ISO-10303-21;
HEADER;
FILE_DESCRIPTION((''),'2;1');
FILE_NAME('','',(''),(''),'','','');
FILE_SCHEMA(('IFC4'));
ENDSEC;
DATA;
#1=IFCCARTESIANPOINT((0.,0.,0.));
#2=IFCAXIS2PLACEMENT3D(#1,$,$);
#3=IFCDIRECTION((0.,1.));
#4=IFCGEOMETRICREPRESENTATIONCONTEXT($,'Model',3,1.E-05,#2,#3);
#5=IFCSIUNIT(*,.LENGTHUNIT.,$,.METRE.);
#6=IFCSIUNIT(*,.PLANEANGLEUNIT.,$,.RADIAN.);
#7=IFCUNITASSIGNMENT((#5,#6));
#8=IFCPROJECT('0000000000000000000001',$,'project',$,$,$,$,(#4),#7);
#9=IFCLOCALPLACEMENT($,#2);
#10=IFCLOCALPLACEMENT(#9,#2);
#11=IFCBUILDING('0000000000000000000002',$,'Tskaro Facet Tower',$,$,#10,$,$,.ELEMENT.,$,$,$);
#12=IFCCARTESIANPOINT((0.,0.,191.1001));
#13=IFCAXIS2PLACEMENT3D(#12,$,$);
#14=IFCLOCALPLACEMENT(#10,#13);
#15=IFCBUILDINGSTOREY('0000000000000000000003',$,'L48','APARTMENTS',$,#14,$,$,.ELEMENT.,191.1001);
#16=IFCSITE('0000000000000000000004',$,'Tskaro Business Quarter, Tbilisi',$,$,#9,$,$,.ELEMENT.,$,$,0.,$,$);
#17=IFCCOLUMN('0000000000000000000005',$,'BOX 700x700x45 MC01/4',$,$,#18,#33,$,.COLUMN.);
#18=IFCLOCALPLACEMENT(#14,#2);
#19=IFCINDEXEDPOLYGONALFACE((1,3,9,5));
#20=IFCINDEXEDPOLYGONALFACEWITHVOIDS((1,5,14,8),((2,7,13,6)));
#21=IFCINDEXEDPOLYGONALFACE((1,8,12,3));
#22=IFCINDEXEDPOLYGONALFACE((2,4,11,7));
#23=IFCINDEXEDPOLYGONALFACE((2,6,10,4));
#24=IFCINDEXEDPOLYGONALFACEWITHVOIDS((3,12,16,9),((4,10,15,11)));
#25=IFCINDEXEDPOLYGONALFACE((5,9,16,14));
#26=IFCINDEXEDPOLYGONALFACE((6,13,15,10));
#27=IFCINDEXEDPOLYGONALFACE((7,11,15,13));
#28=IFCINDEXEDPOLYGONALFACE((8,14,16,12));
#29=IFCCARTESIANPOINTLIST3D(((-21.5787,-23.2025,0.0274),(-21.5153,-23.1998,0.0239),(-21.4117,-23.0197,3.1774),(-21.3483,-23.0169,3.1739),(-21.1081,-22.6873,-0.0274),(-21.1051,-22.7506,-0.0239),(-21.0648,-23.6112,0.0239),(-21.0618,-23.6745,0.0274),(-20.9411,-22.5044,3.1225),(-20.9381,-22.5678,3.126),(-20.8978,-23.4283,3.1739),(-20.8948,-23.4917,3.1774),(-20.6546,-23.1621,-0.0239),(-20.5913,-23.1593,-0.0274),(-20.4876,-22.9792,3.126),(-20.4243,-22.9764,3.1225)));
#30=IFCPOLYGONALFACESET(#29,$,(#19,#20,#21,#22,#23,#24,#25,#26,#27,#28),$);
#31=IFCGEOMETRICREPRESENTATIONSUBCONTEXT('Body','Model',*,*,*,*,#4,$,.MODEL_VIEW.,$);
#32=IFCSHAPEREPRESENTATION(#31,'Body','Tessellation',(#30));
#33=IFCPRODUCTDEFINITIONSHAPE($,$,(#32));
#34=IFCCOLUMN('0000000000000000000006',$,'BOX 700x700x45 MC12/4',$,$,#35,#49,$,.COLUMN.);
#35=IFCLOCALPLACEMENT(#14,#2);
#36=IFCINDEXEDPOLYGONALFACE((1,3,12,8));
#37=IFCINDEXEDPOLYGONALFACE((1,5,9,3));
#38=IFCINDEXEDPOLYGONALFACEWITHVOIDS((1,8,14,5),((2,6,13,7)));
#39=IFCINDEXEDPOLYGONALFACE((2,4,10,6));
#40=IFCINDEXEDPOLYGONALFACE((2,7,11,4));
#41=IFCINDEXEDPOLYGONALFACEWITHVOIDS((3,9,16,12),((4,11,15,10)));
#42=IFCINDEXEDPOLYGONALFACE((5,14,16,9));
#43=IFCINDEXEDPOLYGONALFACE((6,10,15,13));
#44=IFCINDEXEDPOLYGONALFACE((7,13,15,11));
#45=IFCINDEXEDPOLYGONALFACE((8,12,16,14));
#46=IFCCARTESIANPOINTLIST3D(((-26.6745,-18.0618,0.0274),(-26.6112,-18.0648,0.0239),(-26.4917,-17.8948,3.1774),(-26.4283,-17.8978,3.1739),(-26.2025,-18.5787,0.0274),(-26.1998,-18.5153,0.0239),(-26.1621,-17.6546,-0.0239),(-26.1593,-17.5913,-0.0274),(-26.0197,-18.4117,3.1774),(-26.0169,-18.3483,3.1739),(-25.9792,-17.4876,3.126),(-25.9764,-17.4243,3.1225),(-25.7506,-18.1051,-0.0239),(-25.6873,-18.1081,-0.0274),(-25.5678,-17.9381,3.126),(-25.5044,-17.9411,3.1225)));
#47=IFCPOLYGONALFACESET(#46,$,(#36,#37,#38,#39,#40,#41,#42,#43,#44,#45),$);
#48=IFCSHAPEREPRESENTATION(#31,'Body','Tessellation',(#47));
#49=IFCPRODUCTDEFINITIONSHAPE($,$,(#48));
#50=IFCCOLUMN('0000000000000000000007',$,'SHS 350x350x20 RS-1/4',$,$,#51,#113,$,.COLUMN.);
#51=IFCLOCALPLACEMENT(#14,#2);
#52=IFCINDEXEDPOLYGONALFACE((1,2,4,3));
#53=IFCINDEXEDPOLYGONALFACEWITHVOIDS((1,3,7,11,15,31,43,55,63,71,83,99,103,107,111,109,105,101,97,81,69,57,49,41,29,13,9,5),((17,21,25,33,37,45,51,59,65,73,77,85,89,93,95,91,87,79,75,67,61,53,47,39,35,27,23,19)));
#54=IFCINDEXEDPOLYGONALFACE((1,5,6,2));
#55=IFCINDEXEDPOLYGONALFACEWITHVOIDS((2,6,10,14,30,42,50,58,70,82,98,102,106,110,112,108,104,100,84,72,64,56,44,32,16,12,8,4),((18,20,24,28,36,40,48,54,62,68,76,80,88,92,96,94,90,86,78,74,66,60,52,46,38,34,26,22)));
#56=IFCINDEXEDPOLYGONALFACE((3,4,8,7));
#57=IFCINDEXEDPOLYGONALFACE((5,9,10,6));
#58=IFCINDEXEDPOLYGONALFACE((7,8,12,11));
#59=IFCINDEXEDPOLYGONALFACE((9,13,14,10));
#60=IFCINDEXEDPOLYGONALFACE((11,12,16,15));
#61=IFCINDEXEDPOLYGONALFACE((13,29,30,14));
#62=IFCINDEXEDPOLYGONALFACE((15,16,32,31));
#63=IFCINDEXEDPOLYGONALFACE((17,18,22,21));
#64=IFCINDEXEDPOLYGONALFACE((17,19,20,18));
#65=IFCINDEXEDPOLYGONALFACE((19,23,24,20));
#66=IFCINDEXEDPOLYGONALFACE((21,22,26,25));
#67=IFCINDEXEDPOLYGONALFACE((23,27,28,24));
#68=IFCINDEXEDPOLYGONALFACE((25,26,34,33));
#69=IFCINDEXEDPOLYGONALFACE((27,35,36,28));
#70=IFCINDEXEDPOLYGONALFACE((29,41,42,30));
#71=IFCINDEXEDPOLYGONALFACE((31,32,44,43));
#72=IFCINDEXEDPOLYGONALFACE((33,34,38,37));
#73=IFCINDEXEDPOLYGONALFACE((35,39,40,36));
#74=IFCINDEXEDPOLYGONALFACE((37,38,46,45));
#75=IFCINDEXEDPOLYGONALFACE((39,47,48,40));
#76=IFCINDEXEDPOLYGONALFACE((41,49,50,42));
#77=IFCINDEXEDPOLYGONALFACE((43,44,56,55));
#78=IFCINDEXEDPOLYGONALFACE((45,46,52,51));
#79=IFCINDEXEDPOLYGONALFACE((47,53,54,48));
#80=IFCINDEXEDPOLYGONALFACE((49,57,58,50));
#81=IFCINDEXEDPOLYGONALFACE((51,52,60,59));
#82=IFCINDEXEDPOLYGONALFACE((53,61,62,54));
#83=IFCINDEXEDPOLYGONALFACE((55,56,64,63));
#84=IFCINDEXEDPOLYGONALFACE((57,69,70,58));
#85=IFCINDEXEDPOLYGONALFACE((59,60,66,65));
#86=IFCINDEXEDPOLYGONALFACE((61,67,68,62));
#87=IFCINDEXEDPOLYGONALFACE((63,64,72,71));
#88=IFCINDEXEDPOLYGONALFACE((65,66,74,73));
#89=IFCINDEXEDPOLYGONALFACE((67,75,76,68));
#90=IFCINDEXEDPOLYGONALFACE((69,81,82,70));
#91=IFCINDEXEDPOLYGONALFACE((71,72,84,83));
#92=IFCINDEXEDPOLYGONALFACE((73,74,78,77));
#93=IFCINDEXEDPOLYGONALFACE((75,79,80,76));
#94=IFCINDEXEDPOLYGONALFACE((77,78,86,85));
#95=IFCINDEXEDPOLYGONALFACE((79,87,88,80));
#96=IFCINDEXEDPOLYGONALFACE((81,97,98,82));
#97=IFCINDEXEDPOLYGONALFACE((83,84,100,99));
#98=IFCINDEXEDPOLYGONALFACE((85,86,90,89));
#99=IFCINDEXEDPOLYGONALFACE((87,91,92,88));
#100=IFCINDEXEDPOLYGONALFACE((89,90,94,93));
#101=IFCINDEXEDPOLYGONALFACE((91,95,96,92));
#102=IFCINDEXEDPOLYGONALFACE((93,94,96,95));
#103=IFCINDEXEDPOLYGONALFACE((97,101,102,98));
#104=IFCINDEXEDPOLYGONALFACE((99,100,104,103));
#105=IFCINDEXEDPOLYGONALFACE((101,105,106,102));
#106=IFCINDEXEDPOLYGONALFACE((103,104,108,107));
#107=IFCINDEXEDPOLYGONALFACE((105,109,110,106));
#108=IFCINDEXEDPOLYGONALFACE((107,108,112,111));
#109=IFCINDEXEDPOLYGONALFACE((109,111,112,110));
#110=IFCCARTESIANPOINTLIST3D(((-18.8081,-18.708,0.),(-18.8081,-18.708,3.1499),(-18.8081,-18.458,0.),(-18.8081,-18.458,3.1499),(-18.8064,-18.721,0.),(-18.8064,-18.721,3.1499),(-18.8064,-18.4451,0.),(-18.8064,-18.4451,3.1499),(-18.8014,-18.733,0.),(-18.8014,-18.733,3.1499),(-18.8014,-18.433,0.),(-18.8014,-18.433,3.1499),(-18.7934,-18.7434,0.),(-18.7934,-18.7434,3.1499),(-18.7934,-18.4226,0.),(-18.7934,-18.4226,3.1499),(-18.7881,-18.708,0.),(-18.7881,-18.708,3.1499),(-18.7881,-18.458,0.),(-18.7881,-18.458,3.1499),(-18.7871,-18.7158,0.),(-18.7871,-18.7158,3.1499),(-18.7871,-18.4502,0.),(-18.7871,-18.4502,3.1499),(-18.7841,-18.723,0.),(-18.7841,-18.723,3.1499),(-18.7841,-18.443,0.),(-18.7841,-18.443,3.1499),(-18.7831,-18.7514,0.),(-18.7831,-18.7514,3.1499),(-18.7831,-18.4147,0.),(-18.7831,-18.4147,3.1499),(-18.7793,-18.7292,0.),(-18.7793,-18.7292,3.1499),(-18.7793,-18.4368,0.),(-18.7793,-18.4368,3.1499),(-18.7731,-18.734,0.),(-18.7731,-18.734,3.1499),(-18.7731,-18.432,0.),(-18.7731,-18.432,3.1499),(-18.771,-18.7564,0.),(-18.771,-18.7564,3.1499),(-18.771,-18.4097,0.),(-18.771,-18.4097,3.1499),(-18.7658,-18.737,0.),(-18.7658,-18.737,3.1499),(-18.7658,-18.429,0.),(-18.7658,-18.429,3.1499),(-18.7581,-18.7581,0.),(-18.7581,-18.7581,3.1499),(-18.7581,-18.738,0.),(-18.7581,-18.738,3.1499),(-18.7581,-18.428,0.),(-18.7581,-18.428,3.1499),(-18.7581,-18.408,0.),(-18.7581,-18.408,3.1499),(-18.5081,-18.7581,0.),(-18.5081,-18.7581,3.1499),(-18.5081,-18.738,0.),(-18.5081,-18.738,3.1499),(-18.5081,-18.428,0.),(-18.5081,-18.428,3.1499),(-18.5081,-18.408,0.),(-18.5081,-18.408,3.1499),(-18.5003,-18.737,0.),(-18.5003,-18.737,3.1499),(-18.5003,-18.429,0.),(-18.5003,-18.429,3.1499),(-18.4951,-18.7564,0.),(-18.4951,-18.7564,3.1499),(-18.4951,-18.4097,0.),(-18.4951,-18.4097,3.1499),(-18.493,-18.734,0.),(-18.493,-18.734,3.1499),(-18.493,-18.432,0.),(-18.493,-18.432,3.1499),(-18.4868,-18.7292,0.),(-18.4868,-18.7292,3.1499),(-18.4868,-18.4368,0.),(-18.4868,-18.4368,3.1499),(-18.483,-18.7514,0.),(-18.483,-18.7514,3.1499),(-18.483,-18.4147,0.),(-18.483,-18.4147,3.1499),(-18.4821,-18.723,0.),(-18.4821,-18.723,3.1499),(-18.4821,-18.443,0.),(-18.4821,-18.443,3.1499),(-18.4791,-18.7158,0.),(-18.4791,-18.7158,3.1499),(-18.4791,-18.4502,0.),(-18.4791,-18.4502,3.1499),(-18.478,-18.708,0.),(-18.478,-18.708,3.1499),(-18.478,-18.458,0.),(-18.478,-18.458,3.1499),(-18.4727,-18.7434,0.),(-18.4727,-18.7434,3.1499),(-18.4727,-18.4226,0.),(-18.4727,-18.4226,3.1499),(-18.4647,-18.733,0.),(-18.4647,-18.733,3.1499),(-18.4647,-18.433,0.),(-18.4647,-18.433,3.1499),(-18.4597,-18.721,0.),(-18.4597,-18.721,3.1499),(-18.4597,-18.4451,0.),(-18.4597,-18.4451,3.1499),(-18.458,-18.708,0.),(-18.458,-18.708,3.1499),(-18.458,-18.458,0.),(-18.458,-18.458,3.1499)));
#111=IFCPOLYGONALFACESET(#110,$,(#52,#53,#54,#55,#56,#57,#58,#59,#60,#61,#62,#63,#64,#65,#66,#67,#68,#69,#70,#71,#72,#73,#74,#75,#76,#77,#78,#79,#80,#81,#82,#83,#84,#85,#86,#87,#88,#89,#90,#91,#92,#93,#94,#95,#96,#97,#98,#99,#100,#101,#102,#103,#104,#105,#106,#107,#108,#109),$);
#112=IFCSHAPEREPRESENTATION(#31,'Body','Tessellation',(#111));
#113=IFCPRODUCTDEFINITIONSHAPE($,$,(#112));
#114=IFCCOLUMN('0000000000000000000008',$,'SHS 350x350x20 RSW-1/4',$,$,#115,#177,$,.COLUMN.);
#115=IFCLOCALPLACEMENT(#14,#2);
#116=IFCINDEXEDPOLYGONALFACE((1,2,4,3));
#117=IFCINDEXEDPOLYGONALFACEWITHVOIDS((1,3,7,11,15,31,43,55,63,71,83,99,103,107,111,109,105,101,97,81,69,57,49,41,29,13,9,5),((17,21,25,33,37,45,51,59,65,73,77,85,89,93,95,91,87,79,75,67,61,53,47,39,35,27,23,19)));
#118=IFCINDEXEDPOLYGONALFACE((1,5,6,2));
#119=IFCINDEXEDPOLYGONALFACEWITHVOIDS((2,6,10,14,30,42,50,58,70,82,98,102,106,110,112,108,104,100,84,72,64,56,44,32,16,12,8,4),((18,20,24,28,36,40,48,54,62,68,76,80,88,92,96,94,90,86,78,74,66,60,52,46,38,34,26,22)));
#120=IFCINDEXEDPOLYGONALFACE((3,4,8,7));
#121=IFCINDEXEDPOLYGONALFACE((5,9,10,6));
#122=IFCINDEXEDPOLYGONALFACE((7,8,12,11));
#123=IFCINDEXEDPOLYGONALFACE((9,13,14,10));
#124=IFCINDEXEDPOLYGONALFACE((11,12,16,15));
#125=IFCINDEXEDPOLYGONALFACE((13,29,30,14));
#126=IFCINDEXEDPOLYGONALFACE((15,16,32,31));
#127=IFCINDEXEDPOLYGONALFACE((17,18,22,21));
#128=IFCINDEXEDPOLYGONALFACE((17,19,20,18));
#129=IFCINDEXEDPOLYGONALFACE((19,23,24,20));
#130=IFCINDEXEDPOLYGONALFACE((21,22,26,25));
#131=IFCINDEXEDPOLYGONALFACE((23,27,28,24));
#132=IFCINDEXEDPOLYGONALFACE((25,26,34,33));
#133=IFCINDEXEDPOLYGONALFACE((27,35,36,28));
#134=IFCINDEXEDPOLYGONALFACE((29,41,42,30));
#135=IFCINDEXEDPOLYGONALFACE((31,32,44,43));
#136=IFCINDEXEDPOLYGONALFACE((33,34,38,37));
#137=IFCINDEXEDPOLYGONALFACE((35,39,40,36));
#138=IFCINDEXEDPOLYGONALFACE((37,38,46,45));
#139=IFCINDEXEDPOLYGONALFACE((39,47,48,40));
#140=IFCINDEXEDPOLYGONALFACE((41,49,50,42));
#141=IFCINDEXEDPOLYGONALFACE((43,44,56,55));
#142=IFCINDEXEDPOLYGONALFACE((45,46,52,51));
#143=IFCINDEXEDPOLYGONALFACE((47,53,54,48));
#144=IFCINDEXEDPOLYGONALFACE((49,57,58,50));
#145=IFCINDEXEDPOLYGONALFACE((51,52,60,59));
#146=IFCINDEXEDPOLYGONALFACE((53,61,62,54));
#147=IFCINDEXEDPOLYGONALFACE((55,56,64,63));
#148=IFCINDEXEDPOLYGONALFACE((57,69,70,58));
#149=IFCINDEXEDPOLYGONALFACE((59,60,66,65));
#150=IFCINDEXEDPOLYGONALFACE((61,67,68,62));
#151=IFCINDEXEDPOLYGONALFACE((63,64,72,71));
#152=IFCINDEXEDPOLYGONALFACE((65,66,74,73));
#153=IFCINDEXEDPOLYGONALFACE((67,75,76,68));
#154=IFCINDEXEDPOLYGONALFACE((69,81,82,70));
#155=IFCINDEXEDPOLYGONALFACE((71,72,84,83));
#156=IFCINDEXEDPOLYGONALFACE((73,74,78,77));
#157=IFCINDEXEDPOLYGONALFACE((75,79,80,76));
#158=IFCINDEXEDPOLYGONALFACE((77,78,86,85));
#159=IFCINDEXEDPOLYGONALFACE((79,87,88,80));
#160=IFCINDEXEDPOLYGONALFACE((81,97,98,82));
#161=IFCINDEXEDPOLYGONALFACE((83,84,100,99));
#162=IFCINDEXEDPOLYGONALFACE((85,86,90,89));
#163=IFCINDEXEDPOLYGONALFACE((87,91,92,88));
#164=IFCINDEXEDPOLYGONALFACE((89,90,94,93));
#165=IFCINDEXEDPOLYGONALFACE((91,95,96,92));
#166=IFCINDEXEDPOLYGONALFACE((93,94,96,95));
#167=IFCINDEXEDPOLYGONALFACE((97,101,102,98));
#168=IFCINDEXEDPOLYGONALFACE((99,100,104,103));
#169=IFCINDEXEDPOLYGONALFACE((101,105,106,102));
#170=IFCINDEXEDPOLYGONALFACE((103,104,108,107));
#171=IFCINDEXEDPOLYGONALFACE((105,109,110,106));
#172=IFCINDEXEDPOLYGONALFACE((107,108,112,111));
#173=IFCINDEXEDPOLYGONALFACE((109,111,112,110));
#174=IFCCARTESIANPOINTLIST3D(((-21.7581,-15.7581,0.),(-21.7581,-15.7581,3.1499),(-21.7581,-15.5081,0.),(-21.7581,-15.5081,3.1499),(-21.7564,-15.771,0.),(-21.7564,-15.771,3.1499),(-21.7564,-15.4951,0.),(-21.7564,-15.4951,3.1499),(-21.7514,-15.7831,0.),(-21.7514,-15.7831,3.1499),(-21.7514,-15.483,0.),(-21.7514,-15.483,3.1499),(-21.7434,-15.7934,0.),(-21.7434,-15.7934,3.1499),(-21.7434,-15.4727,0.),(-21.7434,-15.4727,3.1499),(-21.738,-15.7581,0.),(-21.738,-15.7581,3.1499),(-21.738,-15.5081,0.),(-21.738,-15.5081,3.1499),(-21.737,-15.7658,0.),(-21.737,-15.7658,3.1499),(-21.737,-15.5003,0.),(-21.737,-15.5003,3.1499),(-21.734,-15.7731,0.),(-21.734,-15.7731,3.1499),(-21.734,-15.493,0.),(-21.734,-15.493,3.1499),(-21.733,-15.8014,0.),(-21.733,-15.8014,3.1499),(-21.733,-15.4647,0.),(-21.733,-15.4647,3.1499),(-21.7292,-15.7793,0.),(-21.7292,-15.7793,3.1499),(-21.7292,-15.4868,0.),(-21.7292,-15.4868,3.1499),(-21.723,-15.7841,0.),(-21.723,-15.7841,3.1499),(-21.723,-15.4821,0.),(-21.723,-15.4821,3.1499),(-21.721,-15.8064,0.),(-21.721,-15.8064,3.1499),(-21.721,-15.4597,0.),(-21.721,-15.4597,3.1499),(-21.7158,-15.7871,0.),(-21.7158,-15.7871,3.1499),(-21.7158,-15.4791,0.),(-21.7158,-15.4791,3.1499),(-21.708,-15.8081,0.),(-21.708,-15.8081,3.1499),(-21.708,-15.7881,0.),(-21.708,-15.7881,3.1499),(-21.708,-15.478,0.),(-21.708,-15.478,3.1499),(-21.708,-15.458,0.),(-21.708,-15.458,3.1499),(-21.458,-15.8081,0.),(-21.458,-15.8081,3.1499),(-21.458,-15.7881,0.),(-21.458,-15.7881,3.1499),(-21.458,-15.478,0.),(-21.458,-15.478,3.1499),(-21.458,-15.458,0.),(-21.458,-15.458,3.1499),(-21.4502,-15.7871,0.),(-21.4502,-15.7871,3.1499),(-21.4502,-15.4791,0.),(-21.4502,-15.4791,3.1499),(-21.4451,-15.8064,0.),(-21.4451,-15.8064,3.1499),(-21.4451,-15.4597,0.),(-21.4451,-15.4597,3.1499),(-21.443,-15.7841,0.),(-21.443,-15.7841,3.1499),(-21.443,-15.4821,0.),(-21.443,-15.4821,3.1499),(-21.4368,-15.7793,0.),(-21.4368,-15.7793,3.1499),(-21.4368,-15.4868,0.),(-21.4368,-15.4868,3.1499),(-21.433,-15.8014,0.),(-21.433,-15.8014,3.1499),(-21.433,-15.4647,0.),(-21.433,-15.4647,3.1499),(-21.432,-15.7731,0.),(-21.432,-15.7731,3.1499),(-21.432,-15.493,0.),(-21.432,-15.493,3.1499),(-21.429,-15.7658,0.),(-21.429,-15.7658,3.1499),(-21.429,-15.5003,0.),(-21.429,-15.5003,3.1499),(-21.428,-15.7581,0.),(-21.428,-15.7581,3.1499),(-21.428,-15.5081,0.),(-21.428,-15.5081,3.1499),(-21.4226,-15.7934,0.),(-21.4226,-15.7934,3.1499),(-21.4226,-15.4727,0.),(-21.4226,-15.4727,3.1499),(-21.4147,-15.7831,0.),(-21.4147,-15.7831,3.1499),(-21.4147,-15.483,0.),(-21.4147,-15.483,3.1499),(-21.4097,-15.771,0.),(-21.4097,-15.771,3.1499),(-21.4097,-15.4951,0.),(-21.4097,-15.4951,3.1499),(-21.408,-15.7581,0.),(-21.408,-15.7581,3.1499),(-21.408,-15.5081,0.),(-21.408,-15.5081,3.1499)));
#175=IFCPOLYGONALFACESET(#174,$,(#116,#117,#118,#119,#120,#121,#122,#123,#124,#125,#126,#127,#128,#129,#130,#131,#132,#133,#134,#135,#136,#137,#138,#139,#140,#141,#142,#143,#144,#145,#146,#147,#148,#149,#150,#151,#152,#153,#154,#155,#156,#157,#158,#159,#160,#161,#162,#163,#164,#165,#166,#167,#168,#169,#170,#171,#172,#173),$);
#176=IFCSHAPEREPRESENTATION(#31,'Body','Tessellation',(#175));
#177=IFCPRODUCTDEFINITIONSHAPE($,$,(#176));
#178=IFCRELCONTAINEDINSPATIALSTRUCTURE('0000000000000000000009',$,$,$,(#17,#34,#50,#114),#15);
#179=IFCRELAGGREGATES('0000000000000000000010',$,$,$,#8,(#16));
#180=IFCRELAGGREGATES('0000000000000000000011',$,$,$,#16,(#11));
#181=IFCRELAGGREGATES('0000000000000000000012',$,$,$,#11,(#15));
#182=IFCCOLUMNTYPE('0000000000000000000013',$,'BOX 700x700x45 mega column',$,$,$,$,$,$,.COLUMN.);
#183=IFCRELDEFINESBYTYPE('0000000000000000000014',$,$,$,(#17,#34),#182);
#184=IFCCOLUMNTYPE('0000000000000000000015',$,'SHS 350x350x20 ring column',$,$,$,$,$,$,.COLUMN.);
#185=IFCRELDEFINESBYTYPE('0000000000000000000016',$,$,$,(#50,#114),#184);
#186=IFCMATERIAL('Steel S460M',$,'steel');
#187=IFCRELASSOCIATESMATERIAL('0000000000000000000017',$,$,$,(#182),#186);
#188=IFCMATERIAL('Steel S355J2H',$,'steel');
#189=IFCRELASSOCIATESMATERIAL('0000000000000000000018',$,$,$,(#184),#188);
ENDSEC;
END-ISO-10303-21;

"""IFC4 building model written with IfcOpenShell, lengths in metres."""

from ifc_helpers import new_model, si_unit, direction, frame, origin, origin_2d, place, context, subcontext, project, spatial, hollow_rectangle, extrude, material, material_profile, profile_set, type_object, element, save


model = new_model("IFC4")

# Units and contexts
model_context = context("Model", 3, precision=1e-05, world=origin(), true_north=direction((0.0, 1.0)))
body_context = subcontext(model_context, "Body", "Model", "MODEL_VIEW")
ifc_project = project(units=[si_unit("LENGTHUNIT", "METRE"), si_unit("PLANEANGLEUNIT", "RADIAN")], contexts=[model_context])

# Site, building, storey
site_placement = place(None, origin())
site = spatial("IfcSite", under=ifc_project, at=site_placement, Name="Tskaro Business Quarter, Tbilisi", CompositionType="ELEMENT", RefElevation=0.0)
building_placement = place(site_placement, origin())
building = spatial("IfcBuilding", under=site, at=building_placement, Name="Tskaro Facet Tower", CompositionType="ELEMENT")
storey_placement = place(building_placement, frame((0.0, 0.0, 191.1001)))
storey = spatial("IfcBuildingStorey", under=building, at=storey_placement, Name="L48", Description="APARTMENTS", CompositionType="ELEMENT", Elevation=191.1001)

# Columns
ifc_material_1 = material(Name="Steel S460M", Category="steel")
ifc_material_profile_1 = material_profile(ifc_material_1, hollow_rectangle(XDim=0.7, YDim=0.7, WallThickness=0.0449, at=origin_2d()), Name="BOX 700x700x45")
ifc_profile_set_1 = profile_set([ifc_material_profile_1], Name="Steel S460M")
column_type_1 = type_object("IfcColumnType", Name="BOX 700x700x45 mega column", PredefinedType="COLUMN", material=ifc_profile_set_1)
for number, where, z_axis, x_axis, name in (
    (1, (-21.085, -23.1809, 0.0), (0.052852, 0.057874, 0.996924), (-0.738421, 0.674339, 0.0), "BOX 700x700x45 MC01/4"),
    (2, (-26.1809, -18.085, 0.0), (0.057874, 0.052852, 0.996924), (-0.674339, 0.738421, 0.0), "BOX 700x700x45 MC12/4"),
):
    element("IfcColumn", number, at=place(storey_placement, frame(where, z_axis=z_axis, x_axis=x_axis)), inside=storey, type_object=column_type_1, Name=name, PredefinedType="COLUMN", context=body_context, shape_type="SweptSolid", body=[
        extrude(hollow_rectangle(XDim=0.7, YDim=0.7, WallThickness=0.0449, at=origin_2d()), origin(), (0.0, 0.0, 1.0), 3.1597),
    ])
ifc_material_2 = material(Name="Steel S355J2H", Category="steel")
ifc_material_profile_2 = material_profile(ifc_material_2, hollow_rectangle(XDim=0.3501, YDim=0.3501, WallThickness=0.02, InnerFilletRadius=0.03, OuterFilletRadius=0.05, at=origin_2d()), Name="SHS 350x350x20")
ifc_profile_set_2 = profile_set([ifc_material_profile_2], Name="Steel S355J2H")
column_type_2 = type_object("IfcColumnType", Name="SHS 350x350x20 ring column", PredefinedType="COLUMN", material=ifc_profile_set_2)
for number, where, z_axis, x_axis, name in (
    (3, (-18.6331, -18.583, 0.0), (0.0, 0.0, 1.0), (1.0, 0.0, 0.0), "SHS 350x350x20 RS-1/4"),
    (4, (-21.583, -15.6331, 0.0), (0.0, 0.0, 1.0), (1.0, 0.0, 0.0), "SHS 350x350x20 RSW-1/4"),
):
    element("IfcColumn", number, at=place(storey_placement, frame(where, z_axis=z_axis, x_axis=x_axis)), inside=storey, type_object=column_type_2, Name=name, PredefinedType="COLUMN", context=body_context, shape_type="SweptSolid", body=[
        extrude(hollow_rectangle(XDim=0.3501, YDim=0.3501, WallThickness=0.02, InnerFilletRadius=0.03, OuterFilletRadius=0.05, at=origin_2d()), origin(), (0.0, 0.0, 1.0), 3.1499),
    ])

save(model, "model.ifc")
